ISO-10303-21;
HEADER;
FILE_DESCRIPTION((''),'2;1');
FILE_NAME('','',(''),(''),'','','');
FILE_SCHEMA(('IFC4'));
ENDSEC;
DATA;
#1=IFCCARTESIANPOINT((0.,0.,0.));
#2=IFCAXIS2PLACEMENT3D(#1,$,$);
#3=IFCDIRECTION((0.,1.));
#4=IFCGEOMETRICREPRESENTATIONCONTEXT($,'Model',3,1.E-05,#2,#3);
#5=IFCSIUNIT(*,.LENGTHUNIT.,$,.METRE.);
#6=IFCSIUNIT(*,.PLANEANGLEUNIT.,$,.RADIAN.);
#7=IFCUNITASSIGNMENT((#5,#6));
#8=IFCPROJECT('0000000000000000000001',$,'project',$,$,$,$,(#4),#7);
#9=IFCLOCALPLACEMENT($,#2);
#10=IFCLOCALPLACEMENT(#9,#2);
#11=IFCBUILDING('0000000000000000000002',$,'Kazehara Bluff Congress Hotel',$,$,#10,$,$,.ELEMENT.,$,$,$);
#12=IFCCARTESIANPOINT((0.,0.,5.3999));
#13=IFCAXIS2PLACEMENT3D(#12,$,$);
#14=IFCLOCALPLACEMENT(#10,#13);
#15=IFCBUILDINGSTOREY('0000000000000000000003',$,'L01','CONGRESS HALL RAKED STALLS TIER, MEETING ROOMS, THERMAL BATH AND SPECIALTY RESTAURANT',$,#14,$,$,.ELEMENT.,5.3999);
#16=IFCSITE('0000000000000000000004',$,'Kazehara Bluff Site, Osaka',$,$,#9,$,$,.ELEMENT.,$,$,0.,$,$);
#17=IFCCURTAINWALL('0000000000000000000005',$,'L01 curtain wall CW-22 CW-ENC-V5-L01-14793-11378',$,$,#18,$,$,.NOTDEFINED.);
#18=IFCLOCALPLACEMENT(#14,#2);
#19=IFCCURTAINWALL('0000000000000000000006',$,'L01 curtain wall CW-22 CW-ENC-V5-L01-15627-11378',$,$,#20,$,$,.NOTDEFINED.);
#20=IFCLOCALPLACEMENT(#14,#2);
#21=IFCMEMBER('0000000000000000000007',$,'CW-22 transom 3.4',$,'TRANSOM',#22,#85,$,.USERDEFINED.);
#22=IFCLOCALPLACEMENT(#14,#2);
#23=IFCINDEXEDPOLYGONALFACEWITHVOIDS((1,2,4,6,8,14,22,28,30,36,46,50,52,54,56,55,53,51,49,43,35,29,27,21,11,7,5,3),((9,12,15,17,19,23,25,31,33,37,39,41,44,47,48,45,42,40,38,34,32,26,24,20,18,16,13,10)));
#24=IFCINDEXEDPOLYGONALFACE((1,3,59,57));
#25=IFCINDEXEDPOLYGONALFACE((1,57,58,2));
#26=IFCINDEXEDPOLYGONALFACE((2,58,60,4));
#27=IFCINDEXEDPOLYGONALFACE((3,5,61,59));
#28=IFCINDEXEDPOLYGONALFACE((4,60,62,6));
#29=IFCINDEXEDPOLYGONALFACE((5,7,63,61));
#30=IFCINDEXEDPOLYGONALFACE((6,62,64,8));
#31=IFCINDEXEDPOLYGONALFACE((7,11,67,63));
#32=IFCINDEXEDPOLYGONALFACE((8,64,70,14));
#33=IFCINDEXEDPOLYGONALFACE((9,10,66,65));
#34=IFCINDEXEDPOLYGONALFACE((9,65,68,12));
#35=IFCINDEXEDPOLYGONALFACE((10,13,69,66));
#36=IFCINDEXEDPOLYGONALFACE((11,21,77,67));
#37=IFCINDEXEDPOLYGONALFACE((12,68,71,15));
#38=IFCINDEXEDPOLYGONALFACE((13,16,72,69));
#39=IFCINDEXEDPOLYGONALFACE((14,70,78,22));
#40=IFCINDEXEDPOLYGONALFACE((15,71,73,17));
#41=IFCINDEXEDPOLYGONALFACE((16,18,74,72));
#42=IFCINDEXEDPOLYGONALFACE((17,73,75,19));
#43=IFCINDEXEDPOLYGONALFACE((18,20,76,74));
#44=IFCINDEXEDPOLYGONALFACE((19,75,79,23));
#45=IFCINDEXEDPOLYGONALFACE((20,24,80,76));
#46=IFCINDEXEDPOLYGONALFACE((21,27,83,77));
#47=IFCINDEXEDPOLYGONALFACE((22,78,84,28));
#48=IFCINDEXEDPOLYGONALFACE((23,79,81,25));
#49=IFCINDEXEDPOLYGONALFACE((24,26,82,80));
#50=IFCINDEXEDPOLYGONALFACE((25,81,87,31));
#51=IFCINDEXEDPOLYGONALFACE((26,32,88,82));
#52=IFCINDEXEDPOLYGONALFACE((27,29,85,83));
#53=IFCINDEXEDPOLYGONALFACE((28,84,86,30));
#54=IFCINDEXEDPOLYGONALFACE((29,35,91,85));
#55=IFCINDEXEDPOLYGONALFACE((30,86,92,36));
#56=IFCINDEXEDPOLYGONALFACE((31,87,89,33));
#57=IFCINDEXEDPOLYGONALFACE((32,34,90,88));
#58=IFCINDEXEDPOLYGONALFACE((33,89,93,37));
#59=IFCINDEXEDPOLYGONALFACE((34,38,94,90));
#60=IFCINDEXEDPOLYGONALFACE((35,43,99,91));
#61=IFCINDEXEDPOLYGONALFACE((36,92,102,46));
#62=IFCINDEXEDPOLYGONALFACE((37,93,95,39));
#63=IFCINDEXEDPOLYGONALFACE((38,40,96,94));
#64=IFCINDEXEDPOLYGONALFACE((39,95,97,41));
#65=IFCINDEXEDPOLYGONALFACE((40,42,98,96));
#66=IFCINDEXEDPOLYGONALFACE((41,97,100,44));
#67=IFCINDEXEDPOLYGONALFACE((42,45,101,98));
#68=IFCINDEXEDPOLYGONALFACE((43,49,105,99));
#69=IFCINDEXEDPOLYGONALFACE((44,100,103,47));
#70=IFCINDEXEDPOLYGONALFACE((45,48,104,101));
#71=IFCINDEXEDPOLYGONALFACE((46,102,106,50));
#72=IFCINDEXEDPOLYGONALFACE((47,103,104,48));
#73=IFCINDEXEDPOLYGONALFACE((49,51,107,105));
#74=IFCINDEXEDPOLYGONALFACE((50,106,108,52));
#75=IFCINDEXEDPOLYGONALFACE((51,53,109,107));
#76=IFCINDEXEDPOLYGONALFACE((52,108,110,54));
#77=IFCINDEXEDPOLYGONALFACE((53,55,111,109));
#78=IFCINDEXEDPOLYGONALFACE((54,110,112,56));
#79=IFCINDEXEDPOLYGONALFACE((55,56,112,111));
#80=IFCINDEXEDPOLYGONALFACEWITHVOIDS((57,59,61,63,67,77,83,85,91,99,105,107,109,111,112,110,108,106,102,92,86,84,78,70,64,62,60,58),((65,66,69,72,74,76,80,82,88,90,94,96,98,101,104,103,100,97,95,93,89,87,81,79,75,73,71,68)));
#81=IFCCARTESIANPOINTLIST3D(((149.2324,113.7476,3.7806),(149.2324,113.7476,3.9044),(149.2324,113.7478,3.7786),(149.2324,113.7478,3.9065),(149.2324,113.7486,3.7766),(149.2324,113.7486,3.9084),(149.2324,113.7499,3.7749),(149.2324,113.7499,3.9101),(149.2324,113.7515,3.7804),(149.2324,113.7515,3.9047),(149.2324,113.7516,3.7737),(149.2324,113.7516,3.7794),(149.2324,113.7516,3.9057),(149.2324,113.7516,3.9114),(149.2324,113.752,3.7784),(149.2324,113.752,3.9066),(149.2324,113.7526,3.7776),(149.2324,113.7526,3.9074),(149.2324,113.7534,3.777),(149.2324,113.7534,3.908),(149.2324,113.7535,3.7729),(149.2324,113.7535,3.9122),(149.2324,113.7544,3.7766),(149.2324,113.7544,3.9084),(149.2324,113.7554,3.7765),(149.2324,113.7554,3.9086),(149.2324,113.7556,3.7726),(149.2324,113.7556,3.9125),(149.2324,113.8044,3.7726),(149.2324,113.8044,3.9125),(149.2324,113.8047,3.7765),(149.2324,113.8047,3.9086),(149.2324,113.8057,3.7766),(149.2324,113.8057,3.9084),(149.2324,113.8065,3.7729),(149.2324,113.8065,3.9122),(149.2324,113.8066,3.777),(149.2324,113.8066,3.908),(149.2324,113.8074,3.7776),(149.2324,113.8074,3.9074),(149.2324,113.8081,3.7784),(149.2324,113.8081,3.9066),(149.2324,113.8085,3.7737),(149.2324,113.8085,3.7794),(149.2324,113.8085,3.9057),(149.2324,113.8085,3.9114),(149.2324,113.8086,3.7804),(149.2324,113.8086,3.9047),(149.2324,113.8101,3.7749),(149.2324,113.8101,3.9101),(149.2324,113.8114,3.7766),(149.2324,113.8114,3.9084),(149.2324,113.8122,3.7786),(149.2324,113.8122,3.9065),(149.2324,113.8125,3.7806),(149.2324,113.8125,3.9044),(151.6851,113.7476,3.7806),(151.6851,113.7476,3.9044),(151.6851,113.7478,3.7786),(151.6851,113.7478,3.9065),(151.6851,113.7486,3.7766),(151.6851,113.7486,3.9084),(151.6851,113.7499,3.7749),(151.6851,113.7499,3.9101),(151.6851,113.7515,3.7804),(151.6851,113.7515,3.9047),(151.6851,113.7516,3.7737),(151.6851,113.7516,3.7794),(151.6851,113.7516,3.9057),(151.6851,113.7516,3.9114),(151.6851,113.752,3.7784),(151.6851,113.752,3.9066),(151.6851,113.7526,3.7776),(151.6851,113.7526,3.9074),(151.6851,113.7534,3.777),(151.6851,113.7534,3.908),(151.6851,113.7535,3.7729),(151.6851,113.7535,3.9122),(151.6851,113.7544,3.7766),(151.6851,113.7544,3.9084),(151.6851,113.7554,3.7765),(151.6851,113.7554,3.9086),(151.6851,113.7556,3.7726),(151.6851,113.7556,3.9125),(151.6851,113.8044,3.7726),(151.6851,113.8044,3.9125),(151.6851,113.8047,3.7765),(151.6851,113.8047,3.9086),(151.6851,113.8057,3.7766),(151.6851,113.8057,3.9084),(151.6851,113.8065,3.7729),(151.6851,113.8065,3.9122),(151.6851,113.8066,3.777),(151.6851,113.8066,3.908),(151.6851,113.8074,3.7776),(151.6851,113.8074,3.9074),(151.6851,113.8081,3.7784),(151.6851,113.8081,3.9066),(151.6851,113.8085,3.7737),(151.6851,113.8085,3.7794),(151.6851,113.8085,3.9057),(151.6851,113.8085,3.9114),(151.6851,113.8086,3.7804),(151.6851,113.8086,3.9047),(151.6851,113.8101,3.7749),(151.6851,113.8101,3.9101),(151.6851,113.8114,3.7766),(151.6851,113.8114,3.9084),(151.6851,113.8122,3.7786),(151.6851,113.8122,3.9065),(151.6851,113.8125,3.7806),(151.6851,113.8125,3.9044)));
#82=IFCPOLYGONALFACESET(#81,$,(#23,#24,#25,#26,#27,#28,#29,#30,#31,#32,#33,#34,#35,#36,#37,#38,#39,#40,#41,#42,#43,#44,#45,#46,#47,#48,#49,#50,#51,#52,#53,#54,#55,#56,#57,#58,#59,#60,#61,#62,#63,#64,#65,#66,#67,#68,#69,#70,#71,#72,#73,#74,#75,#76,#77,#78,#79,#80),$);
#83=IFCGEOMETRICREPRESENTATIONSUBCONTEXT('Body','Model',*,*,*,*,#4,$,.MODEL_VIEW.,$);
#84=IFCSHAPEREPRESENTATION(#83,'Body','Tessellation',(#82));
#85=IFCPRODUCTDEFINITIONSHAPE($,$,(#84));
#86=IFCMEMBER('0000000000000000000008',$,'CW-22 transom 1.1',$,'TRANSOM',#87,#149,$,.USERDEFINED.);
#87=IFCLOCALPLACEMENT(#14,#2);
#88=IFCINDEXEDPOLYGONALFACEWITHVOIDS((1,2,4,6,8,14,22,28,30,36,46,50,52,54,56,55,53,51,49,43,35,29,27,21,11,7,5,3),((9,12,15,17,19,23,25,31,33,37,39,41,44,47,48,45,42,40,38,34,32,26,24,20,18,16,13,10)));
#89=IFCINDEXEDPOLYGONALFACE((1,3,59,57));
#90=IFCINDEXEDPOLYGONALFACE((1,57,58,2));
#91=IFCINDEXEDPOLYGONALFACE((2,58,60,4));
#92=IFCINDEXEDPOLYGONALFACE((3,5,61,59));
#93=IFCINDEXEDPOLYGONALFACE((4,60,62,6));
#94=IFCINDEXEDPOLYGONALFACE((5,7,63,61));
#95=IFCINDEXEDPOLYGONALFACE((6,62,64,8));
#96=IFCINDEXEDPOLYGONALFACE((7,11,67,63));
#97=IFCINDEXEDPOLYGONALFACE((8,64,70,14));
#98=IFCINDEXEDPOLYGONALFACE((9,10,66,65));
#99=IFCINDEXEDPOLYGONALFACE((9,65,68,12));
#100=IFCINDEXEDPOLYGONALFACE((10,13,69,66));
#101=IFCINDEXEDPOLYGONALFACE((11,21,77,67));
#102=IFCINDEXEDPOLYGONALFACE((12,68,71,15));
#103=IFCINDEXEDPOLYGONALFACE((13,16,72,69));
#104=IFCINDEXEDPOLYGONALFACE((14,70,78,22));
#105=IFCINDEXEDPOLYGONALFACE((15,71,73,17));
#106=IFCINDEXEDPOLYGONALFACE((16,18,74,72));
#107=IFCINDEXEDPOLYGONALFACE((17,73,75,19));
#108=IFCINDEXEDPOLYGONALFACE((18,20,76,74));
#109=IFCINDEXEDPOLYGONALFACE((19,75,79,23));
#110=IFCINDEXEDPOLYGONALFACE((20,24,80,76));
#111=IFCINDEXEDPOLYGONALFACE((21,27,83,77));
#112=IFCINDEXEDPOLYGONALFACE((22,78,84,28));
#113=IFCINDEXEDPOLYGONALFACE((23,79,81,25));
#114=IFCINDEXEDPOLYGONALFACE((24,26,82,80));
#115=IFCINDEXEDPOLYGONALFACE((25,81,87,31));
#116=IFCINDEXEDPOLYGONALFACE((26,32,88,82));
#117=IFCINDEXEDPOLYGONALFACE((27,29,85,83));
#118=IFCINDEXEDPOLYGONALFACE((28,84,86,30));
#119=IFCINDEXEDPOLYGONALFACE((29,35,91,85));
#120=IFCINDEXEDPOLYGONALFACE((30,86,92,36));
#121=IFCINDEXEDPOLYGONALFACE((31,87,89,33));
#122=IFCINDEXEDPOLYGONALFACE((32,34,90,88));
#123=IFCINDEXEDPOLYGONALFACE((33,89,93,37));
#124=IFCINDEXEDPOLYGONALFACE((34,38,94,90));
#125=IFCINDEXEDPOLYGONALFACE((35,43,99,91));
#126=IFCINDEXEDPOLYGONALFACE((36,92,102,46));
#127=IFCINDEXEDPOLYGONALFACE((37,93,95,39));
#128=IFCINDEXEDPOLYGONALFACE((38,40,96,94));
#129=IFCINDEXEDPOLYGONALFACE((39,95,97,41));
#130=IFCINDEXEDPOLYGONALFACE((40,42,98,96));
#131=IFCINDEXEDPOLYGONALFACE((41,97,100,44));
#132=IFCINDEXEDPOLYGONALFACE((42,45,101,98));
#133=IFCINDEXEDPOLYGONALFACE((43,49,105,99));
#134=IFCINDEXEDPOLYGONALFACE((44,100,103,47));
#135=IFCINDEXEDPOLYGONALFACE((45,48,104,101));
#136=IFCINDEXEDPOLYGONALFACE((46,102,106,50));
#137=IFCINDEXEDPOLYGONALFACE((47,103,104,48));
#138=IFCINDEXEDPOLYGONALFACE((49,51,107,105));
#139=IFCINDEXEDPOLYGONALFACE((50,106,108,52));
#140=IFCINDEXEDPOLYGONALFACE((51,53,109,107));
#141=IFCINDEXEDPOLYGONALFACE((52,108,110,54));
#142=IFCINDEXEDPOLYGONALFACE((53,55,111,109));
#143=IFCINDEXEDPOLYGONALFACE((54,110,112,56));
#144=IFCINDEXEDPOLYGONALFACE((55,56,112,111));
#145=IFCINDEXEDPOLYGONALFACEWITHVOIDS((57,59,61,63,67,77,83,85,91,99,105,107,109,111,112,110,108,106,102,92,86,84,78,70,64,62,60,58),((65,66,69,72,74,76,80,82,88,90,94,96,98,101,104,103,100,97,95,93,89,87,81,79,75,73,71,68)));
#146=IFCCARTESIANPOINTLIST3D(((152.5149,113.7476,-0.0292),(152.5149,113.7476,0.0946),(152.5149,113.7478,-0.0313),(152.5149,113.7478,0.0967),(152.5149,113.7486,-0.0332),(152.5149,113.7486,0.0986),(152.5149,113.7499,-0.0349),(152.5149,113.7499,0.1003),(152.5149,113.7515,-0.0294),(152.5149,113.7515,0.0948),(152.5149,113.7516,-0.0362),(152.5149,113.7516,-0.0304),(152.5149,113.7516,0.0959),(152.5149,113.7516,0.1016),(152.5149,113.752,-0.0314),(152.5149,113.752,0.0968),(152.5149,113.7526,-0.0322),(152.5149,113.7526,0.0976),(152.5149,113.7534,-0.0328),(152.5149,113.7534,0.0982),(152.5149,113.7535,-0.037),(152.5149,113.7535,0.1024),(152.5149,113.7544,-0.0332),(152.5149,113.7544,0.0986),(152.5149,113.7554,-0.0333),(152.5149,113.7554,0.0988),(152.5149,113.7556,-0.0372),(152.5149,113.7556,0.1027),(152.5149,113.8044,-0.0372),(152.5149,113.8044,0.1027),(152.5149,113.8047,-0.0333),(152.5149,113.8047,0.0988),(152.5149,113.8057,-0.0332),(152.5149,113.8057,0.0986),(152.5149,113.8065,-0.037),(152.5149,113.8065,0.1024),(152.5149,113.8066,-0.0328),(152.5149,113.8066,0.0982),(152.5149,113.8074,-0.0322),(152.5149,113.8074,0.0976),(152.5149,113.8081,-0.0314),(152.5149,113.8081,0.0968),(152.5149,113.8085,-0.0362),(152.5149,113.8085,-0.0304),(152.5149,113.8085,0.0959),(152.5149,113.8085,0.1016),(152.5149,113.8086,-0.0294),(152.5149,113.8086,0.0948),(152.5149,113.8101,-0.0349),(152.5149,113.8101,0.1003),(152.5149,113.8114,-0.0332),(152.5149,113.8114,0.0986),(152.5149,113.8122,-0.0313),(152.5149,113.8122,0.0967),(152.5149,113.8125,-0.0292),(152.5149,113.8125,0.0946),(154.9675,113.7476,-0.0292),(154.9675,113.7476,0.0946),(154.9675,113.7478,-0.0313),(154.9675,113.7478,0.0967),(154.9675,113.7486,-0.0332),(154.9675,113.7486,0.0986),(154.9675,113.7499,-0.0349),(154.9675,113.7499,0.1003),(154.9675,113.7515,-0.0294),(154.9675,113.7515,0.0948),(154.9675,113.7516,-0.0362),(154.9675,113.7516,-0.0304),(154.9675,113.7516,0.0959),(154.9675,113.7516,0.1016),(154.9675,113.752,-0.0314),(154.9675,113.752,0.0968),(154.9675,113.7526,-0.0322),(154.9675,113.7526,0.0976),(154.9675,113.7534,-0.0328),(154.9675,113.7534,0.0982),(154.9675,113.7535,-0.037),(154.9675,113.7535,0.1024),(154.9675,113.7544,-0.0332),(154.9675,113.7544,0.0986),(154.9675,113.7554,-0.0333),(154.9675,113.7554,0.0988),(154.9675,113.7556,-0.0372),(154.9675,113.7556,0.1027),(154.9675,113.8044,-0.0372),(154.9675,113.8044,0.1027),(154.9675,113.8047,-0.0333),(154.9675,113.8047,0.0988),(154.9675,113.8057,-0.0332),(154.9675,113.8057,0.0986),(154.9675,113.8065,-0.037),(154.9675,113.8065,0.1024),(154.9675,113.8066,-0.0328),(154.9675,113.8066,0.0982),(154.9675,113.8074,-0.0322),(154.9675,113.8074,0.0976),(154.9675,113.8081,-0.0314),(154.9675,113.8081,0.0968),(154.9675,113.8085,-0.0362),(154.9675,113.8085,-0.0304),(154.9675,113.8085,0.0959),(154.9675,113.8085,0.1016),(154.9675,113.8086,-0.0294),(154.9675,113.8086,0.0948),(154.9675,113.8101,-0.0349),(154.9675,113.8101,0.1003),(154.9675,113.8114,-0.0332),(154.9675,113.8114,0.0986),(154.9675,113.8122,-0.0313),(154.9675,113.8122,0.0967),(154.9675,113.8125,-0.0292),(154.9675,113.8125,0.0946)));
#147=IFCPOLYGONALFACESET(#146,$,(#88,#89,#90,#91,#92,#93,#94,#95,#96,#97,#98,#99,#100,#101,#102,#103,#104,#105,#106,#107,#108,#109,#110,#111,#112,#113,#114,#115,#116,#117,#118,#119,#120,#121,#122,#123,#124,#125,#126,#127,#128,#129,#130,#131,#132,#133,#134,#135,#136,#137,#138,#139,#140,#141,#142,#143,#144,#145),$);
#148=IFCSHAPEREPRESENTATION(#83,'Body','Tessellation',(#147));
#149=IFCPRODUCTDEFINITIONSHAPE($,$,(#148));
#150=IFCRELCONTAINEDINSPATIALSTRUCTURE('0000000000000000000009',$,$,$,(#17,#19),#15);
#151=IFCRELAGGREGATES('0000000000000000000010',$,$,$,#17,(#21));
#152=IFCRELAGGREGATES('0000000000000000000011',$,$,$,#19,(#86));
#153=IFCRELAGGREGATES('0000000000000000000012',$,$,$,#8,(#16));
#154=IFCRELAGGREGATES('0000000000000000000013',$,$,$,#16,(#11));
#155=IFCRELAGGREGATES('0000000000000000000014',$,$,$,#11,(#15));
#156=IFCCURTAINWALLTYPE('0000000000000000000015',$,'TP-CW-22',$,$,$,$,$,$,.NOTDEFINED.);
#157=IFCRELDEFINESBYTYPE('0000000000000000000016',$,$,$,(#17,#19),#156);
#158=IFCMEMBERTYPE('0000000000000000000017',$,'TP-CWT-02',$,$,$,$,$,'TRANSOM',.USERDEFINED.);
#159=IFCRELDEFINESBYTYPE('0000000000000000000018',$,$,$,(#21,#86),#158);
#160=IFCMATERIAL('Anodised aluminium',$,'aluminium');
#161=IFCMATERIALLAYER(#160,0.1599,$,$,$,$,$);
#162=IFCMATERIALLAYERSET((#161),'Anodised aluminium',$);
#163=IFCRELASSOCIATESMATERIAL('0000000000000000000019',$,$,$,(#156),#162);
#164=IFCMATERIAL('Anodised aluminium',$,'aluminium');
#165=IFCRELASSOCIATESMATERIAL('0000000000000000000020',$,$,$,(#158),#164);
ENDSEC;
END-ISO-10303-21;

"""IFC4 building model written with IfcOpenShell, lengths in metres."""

from ifc_helpers import new_model, si_unit, direction, frame, origin, origin_2d, place, context, subcontext, project, spatial, hollow_rectangle, extrude, material, layer, layer_set, material_profile, profile_set, type_object, element, aggregate, save


model = new_model("IFC4")

# Units and contexts
model_context = context("Model", 3, precision=1e-05, world=origin(), true_north=direction((0.0, 1.0)))
body_context = subcontext(model_context, "Body", "Model", "MODEL_VIEW")
ifc_project = project(units=[si_unit("LENGTHUNIT", "METRE"), si_unit("PLANEANGLEUNIT", "RADIAN")], contexts=[model_context])

# Site, building, storey
site_placement = place(None, origin())
site = spatial("IfcSite", under=ifc_project, at=site_placement, Name="Kazehara Bluff Site, Osaka", CompositionType="ELEMENT", RefElevation=0.0)
building_placement = place(site_placement, origin())
building = spatial("IfcBuilding", under=site, at=building_placement, Name="Kazehara Bluff Congress Hotel", CompositionType="ELEMENT")
storey_placement = place(building_placement, frame((0.0, 0.0, 5.3999)))
storey = spatial("IfcBuildingStorey", under=building, at=storey_placement, Name="L01", Description="CONGRESS HALL RAKED STALLS TIER, MEETING ROOMS, THERMAL BATH AND SPECIALTY RESTAURANT", CompositionType="ELEMENT", Elevation=5.3999)

# Curtain walls
ifc_material_1 = material(Name="Anodised aluminium", Category="aluminium")
ifc_layer_1 = layer(ifc_material_1, 0.1599)
ifc_layer_set_1 = layer_set([ifc_layer_1], Name="Anodised aluminium")
curtain_wall_type = type_object("IfcCurtainWallType", Name="TP-CW-22", PredefinedType="NOTDEFINED", material=ifc_layer_set_1)
curtain_wall_1_placement = place(storey_placement, origin())
curtain_wall_1 = element("IfcCurtainWall", 1, at=curtain_wall_1_placement, inside=storey, type_object=curtain_wall_type, Name="L01 curtain wall CW-22 CW-ENC-V5-L01-14793-11378", PredefinedType="NOTDEFINED")
curtain_wall_2_placement = place(storey_placement, origin())
curtain_wall_2 = element("IfcCurtainWall", 2, at=curtain_wall_2_placement, inside=storey, type_object=curtain_wall_type, Name="L01 curtain wall CW-22 CW-ENC-V5-L01-15627-11378", PredefinedType="NOTDEFINED")

# Members
ifc_material_2 = material(Name="Anodised aluminium", Category="aluminium")
ifc_material_profile_1 = material_profile(ifc_material_2, hollow_rectangle(XDim=0.0649, YDim=0.1399, WallThickness=0.0039, InnerFilletRadius=0.0039, OuterFilletRadius=0.0081, at=origin_2d()))
ifc_profile_set_1 = profile_set([ifc_material_profile_1], Name="Anodised aluminium")
member_type_1 = type_object("IfcMemberType", Name="TP-CWT-02", ElementType="TRANSOM", PredefinedType="USERDEFINED", material=ifc_profile_set_1)
member_1_placement = place(storey_placement, frame((149.2324, 113.78, 3.8425), z_axis=(1.0, 0.0, 0.0), x_axis=(0.0, 1.0, 0.0)))
member_1 = element("IfcMember", 3, at=member_1_placement, type_object=member_type_1, Name="CW-22 transom 3.4", ObjectType="TRANSOM", PredefinedType="USERDEFINED", context=body_context, shape_type="SweptSolid", body=[
    extrude(hollow_rectangle(XDim=0.0649, YDim=0.1399, WallThickness=0.0039, InnerFilletRadius=0.0039, OuterFilletRadius=0.0081, at=origin_2d()), origin(), (0.0, 0.0, 1.0), 2.4526),
])
member_2_placement = place(storey_placement, frame((152.5149, 113.78, 0.0327), z_axis=(1.0, 0.0, 0.0), x_axis=(0.0, 1.0, 0.0)))
member_2 = element("IfcMember", 4, at=member_2_placement, type_object=member_type_1, Name="CW-22 transom 1.1", ObjectType="TRANSOM", PredefinedType="USERDEFINED", context=body_context, shape_type="SweptSolid", body=[
    extrude(hollow_rectangle(XDim=0.0649, YDim=0.1399, WallThickness=0.0039, InnerFilletRadius=0.0039, OuterFilletRadius=0.0081, at=origin_2d()), origin(), (0.0, 0.0, 1.0), 2.4526),
])

aggregate(curtain_wall_1, [member_1])
aggregate(curtain_wall_2, [member_2])

save(model, "model.ifc")
